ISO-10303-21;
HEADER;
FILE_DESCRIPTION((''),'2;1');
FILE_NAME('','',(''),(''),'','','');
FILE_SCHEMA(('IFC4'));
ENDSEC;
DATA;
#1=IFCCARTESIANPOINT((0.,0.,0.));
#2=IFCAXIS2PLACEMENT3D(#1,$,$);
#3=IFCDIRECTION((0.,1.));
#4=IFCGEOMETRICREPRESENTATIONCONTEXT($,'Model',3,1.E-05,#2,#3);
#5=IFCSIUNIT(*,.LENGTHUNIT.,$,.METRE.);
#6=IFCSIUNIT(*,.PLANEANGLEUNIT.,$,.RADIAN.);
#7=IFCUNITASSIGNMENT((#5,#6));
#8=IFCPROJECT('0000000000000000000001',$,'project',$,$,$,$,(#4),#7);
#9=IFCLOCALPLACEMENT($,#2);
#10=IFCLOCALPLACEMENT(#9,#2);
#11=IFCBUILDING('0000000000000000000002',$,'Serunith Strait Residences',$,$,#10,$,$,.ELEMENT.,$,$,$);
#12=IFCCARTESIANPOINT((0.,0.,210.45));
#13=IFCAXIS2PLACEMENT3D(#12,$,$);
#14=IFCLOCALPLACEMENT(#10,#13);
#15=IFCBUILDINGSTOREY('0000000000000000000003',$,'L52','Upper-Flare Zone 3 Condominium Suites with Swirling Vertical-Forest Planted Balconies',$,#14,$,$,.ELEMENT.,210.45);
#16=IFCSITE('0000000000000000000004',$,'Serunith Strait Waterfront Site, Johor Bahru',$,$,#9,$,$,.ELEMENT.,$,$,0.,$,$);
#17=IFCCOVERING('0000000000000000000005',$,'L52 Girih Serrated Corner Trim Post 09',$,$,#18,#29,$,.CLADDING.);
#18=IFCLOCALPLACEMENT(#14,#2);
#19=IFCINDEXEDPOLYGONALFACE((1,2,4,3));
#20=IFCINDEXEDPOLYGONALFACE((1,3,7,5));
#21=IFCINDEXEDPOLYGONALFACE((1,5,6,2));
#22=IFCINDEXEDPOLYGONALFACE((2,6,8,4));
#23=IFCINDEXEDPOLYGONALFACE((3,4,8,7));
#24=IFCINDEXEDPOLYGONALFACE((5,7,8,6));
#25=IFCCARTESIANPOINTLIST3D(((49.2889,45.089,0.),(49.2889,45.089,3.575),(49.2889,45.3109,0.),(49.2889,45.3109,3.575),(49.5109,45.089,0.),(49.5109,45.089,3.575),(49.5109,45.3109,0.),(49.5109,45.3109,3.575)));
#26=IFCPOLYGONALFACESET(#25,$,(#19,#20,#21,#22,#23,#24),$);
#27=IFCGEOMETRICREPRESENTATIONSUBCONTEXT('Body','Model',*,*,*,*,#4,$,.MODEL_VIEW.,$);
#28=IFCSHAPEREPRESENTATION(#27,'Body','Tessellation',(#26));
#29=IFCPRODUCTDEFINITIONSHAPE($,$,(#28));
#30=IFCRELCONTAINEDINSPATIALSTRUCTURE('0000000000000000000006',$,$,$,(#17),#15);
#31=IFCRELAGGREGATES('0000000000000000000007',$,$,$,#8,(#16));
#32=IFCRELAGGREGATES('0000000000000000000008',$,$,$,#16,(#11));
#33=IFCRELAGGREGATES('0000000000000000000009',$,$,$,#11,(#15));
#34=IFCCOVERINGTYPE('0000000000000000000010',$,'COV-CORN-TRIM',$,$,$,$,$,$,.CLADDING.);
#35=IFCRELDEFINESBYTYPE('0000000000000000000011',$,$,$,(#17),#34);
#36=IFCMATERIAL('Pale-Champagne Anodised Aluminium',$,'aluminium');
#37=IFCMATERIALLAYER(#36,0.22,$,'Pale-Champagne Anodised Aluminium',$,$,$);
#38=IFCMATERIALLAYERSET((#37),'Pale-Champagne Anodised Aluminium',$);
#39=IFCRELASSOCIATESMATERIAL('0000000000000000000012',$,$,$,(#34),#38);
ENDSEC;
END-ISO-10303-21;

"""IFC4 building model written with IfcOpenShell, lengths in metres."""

from ifc_helpers import new_model, si_unit, direction, frame, origin, origin_2d, place, context, subcontext, project, spatial, rectangle, extrude, source, transform, mapped, material, layer, layer_set, type_object, element, save


model = new_model("IFC4")

# Units and contexts
model_context = context("Model", 3, precision=1e-05, world=origin(), true_north=direction((0.0, 1.0)))
body_context = subcontext(model_context, "Body", "Model", "MODEL_VIEW")
ifc_project = project(units=[si_unit("LENGTHUNIT", "METRE"), si_unit("PLANEANGLEUNIT", "RADIAN")], contexts=[model_context])

# Site, building, storey
site_placement = place(None, origin())
site = spatial("IfcSite", under=ifc_project, at=site_placement, Name="Serunith Strait Waterfront Site, Johor Bahru", CompositionType="ELEMENT", RefElevation=0.0)
building_placement = place(site_placement, origin())
building = spatial("IfcBuilding", under=site, at=building_placement, Name="Serunith Strait Residences", CompositionType="ELEMENT")
storey_placement = place(building_placement, frame((0.0, 0.0, 210.45)))
storey = spatial("IfcBuildingStorey", under=building, at=storey_placement, Name="L52", Description="Upper-Flare Zone 3 Condominium Suites with Swirling Vertical-Forest Planted Balconies", CompositionType="ELEMENT", Elevation=210.45)

# Shared definitions
ifc_material_1 = material(Name="Pale-Champagne Anodised Aluminium", Category="aluminium")

# Covering
ifc_layer_1 = layer(ifc_material_1, 0.22, Name="Pale-Champagne Anodised Aluminium")
ifc_layer_set_1 = layer_set([ifc_layer_1], Name="Pale-Champagne Anodised Aluminium")
covering_type = type_object("IfcCoveringType", Name="COV-CORN-TRIM", PredefinedType="CLADDING", material=ifc_layer_set_1)
shared_shape_1 = source(origin(), body_context, "Body", "SweptSolid", [
    extrude(rectangle(XDim=0.2219, YDim=0.2219, at=origin_2d()), origin(), (0.0, 0.0, 1.0), 3.575),
])
for number, where, z_axis, x_axis, name in (
    (1, (49.3999, 45.2, 0.0), (0.0, 0.0, 1.0), (1.0, 0.0, 0.0), "L52 Girih Serrated Corner Trim Post 09"),
):
    element("IfcCovering", number, at=place(storey_placement, frame(where, z_axis=z_axis, x_axis=x_axis)), inside=storey, type_object=covering_type, Name=name, PredefinedType="CLADDING", context=body_context, shape_type="MappedRepresentation", body=[
        mapped(shared_shape_1, transform((0.0, 0.0, 0.0), scale=1.0)),
    ])

save(model, "model.ifc")
